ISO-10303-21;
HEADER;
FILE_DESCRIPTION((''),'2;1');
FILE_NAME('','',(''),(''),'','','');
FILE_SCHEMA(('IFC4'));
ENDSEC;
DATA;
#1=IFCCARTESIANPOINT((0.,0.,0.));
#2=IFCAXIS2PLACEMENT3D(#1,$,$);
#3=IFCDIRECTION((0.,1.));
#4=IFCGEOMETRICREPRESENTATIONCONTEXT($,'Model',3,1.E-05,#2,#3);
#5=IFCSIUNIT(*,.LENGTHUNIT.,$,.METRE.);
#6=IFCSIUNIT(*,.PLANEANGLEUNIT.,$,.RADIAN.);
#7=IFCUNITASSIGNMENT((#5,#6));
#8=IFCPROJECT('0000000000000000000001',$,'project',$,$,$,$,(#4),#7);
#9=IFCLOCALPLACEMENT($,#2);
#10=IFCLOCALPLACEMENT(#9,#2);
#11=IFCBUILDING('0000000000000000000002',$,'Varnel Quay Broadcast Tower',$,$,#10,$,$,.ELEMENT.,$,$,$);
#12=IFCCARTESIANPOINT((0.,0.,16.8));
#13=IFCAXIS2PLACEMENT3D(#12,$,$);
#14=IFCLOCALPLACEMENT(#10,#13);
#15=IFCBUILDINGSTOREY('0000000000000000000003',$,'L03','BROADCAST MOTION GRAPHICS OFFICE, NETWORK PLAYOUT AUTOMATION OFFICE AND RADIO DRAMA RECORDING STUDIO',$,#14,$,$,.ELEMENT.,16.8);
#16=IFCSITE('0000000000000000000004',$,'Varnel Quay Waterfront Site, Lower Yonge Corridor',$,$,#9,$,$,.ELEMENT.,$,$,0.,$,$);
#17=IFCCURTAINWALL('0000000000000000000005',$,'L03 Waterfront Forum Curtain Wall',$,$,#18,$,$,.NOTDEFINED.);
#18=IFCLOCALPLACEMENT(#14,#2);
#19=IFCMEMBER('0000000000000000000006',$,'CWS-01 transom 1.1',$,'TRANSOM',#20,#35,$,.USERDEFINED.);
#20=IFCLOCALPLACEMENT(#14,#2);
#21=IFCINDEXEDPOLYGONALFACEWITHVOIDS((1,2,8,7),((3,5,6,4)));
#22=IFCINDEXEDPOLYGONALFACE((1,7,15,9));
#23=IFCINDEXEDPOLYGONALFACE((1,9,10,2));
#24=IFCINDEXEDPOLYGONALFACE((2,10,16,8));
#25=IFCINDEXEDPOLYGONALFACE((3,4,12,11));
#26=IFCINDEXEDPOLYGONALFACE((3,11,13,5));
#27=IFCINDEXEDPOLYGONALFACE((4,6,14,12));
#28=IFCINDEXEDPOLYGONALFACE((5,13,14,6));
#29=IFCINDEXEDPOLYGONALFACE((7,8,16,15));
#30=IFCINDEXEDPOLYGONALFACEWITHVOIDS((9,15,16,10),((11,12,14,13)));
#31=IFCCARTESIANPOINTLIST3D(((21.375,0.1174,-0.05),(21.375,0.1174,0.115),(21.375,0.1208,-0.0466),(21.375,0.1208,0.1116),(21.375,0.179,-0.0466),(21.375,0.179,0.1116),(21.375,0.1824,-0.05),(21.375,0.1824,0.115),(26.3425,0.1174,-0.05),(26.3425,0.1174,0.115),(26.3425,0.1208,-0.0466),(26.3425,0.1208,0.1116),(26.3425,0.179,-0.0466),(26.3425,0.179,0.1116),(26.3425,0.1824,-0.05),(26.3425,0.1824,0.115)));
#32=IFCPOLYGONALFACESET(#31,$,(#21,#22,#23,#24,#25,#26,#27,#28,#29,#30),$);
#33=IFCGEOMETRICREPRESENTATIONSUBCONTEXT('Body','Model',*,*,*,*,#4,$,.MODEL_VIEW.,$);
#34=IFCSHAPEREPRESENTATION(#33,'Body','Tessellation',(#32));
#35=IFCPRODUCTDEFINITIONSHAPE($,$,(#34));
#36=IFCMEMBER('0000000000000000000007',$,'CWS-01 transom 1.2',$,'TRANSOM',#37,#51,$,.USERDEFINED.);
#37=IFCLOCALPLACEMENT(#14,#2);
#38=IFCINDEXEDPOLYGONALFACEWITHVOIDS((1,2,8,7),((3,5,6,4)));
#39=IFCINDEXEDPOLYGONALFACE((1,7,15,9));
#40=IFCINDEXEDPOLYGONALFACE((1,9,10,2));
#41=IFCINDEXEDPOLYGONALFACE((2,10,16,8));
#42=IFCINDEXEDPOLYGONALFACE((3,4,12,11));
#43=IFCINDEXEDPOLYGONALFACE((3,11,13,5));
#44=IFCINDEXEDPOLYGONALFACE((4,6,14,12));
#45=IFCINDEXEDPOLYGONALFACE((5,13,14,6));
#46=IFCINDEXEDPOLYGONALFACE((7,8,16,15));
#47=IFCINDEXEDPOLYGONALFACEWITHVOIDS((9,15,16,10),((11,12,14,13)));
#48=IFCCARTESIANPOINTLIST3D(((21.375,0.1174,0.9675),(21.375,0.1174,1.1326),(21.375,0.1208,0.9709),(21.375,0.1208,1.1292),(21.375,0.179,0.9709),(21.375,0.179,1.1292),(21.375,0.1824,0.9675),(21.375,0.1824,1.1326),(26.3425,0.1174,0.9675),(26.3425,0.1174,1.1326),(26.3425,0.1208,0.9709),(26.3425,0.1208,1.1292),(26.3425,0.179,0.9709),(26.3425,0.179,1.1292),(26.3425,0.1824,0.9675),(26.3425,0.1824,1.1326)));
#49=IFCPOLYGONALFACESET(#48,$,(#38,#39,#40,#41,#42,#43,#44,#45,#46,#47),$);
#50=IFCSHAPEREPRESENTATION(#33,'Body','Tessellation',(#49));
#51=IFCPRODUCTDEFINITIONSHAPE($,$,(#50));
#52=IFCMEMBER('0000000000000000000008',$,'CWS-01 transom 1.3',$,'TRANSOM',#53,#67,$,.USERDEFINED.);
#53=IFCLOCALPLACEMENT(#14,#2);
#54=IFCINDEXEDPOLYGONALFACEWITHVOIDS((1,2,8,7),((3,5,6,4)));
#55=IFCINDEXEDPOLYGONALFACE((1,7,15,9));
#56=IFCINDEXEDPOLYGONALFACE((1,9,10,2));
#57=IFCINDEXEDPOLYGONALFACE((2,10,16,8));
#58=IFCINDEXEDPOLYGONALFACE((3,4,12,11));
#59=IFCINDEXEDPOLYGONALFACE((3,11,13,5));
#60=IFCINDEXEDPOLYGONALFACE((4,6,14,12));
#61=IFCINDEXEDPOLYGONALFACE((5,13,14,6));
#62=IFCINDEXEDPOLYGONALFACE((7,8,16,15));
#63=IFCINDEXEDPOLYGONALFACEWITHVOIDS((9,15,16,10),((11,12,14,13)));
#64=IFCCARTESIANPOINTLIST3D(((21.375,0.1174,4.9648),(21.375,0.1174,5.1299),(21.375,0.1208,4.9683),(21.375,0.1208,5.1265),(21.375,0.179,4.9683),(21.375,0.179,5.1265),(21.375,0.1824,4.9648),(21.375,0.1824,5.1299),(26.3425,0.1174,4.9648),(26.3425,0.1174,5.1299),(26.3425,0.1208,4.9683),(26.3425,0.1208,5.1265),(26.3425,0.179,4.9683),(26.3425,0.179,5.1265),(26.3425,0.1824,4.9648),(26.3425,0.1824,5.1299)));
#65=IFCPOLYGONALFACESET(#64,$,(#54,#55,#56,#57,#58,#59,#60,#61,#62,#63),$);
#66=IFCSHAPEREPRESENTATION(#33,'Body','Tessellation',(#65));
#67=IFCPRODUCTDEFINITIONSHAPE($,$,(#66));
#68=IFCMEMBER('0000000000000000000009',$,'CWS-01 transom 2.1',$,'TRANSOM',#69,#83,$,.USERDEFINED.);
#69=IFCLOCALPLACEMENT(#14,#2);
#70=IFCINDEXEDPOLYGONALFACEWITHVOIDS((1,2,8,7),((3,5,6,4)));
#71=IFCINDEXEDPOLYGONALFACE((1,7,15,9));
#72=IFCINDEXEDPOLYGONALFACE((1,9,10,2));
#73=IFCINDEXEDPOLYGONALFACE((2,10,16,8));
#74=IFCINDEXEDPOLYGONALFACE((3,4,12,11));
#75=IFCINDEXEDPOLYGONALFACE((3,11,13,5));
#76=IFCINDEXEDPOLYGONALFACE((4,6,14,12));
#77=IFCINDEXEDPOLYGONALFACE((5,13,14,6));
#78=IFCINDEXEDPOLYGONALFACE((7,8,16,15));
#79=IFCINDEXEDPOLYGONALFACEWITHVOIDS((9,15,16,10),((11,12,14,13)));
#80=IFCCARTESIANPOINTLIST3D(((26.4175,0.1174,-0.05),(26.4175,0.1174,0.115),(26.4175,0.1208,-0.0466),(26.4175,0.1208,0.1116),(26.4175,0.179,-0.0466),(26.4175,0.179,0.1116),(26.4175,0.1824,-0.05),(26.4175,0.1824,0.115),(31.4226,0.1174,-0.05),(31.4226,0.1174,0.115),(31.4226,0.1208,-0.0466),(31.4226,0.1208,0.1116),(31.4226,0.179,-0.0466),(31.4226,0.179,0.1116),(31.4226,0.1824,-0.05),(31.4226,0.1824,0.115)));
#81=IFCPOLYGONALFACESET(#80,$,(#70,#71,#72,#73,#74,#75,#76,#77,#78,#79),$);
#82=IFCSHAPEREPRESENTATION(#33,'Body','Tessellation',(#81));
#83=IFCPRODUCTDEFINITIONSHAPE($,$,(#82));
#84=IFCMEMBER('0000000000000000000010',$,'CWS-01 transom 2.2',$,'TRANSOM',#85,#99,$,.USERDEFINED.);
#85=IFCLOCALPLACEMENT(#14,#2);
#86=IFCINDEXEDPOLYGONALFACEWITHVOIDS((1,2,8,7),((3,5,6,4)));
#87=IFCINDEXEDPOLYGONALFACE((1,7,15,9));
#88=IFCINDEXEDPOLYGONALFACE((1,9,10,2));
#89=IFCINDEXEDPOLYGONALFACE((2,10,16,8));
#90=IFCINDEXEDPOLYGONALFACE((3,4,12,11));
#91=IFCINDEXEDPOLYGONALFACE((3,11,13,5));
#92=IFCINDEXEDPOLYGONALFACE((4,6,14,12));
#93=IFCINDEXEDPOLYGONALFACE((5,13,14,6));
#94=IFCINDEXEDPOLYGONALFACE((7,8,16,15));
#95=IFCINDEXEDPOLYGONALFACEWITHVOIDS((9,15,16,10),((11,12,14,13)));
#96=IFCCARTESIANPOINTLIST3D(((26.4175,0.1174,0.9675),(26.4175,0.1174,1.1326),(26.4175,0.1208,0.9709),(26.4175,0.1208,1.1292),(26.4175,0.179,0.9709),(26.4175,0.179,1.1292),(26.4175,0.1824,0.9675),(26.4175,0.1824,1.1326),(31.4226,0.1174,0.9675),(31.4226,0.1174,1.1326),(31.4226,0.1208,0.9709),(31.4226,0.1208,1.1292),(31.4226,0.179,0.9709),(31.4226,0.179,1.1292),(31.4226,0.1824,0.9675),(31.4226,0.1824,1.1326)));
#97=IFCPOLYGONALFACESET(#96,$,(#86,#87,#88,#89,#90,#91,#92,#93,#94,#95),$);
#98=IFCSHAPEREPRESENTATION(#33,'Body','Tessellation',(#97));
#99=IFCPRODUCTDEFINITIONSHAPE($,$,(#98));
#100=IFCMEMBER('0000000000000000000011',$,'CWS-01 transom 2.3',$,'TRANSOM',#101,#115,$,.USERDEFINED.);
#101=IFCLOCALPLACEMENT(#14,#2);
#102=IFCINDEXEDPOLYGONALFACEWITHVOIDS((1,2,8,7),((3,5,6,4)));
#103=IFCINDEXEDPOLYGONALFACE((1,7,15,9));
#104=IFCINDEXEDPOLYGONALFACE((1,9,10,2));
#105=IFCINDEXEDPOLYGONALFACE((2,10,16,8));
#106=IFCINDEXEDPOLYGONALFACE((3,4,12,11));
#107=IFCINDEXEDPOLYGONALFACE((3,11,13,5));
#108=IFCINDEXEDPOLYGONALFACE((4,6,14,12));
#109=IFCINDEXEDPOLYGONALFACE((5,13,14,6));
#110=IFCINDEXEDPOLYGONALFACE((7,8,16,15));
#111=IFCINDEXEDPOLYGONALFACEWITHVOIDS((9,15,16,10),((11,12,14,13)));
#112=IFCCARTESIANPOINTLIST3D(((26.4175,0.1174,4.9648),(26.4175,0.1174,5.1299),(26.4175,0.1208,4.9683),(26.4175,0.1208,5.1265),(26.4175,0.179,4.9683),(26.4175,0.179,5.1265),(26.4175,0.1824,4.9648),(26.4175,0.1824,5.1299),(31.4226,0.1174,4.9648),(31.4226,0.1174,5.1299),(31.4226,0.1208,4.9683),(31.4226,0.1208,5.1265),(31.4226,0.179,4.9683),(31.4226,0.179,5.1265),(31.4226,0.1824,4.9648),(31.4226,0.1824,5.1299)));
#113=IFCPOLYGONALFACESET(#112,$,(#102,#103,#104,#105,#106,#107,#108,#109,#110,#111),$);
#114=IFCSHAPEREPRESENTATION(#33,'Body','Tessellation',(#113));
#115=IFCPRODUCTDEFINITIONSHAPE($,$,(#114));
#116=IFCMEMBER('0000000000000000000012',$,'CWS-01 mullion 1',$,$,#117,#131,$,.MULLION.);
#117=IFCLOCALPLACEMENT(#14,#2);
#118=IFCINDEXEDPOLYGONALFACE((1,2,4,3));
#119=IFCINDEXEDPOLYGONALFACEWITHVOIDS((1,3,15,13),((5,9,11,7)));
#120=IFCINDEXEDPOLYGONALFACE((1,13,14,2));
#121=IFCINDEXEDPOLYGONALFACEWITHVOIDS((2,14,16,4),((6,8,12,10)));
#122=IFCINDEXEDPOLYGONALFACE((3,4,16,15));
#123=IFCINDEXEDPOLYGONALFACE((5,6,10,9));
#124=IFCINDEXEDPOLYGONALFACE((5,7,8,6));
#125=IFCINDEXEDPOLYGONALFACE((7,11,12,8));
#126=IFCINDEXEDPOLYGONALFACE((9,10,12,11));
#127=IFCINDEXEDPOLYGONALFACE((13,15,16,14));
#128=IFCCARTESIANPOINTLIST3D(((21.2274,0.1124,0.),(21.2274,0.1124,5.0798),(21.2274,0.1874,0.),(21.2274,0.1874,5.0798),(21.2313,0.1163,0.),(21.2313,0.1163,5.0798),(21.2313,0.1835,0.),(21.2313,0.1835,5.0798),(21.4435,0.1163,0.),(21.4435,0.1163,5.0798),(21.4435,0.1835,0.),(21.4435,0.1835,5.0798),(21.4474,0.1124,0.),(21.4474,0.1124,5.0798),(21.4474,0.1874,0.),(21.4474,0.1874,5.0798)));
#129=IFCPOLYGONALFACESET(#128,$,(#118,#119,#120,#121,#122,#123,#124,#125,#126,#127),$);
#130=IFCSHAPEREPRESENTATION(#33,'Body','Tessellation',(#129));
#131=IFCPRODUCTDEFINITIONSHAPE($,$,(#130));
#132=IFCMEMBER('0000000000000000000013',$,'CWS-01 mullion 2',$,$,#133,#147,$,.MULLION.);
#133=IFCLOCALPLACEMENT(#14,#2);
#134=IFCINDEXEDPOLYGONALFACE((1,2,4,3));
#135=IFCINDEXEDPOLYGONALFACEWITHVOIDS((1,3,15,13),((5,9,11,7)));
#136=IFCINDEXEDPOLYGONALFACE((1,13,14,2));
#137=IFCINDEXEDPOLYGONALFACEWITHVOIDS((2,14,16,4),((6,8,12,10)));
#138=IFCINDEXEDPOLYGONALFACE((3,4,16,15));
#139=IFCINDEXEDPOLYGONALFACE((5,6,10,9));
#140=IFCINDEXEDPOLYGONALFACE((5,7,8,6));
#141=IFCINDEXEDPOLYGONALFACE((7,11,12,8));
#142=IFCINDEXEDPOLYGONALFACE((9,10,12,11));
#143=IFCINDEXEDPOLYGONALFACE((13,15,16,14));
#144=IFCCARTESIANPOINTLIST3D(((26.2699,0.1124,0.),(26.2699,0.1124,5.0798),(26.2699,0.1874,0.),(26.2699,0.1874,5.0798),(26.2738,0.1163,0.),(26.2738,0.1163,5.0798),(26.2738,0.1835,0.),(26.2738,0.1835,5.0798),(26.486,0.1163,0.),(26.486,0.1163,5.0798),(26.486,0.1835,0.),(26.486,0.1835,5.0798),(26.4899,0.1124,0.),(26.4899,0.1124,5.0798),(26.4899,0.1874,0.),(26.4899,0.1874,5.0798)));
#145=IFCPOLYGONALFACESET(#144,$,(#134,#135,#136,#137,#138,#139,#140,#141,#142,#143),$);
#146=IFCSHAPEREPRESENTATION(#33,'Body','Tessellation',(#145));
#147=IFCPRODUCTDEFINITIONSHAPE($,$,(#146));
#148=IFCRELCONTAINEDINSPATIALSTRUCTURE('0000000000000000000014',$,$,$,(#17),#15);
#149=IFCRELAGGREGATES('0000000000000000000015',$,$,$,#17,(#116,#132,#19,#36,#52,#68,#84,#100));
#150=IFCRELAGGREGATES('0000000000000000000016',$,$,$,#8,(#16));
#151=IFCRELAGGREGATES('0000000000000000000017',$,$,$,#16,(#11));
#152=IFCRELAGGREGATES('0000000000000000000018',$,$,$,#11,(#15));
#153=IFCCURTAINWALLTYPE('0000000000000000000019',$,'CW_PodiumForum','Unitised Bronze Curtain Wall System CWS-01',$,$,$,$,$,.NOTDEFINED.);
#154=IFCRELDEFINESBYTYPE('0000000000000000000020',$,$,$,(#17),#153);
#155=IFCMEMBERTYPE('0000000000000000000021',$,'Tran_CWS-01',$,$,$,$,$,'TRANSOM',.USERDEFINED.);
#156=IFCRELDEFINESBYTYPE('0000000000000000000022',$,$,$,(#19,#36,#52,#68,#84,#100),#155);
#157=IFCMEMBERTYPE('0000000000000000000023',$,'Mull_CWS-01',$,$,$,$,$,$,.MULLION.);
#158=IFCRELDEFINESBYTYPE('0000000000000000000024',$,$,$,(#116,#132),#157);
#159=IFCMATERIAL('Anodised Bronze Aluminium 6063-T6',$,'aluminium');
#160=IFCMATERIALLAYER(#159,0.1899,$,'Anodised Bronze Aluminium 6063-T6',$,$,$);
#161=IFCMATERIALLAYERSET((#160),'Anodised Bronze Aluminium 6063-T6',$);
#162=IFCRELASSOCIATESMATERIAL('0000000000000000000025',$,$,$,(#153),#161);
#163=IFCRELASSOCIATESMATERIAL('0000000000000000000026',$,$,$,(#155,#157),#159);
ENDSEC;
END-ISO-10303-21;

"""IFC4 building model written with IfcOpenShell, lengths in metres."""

from ifc_helpers import new_model, si_unit, direction, frame, origin, origin_2d, place, context, subcontext, project, spatial, hollow_rectangle, extrude, source, transform, mapped, material, layer, layer_set, material_profile, profile_set, type_object, type_shapes, element, aggregate, save


model = new_model("IFC4")

# Units and contexts
model_context = context("Model", 3, precision=1e-05, world=origin(), true_north=direction((0.0, 1.0)))
body_context = subcontext(model_context, "Body", "Model", "MODEL_VIEW")
ifc_project = project(units=[si_unit("LENGTHUNIT", "METRE"), si_unit("PLANEANGLEUNIT", "RADIAN")], contexts=[model_context])

# Site, building, storey
site_placement = place(None, origin())
site = spatial("IfcSite", under=ifc_project, at=site_placement, Name="Varnel Quay Waterfront Site, Lower Yonge Corridor", CompositionType="ELEMENT", RefElevation=0.0)
building_placement = place(site_placement, origin())
building = spatial("IfcBuilding", under=site, at=building_placement, Name="Varnel Quay Broadcast Tower", CompositionType="ELEMENT")
storey_placement = place(building_placement, frame((0.0, 0.0, 16.8)))
storey = spatial("IfcBuildingStorey", under=building, at=storey_placement, Name="L03", Description="BROADCAST MOTION GRAPHICS OFFICE, NETWORK PLAYOUT AUTOMATION OFFICE AND RADIO DRAMA RECORDING STUDIO", CompositionType="ELEMENT", Elevation=16.8)

# Curtain wall, members
ifc_material_1 = material(Name="Anodised Bronze Aluminium 6063-T6", Category="aluminium")
ifc_layer_1 = layer(ifc_material_1, 0.1899, Name="Anodised Bronze Aluminium 6063-T6")
ifc_layer_set_1 = layer_set([ifc_layer_1], Name="Anodised Bronze Aluminium 6063-T6")
curtain_wall_type = type_object("IfcCurtainWallType", Name="CW_PodiumForum", Description="Unitised Bronze Curtain Wall System CWS-01", PredefinedType="NOTDEFINED", material=ifc_layer_set_1)
curtain_wall_placement = place(storey_placement, origin())
curtain_wall = element("IfcCurtainWall", 1, at=curtain_wall_placement, inside=storey, type_object=curtain_wall_type, Name="L03 Waterfront Forum Curtain Wall", PredefinedType="NOTDEFINED")
ifc_material_profile_1 = material_profile(ifc_material_1, hollow_rectangle(XDim=0.0649, YDim=0.165, WallThickness=0.0034, at=origin_2d()), Name="ALU65X165X3.5")
ifc_profile_set_1 = profile_set([ifc_material_profile_1], Name="Anodised Bronze Aluminium 6063-T6")
member_type_1 = type_object("IfcMemberType", Name="Tran_CWS-01", ElementType="TRANSOM", PredefinedType="USERDEFINED", material=ifc_profile_set_1)
shared_shape_1 = source(origin(), body_context, "Body", "SweptSolid", [
    extrude(hollow_rectangle(XDim=0.0649, YDim=0.165, WallThickness=0.0034, at=origin_2d()), origin(), (0.0, 0.0, 1.0), 4.9675),
])
member_1_placement = place(storey_placement, frame((21.375, 0.1499, 0.0325), z_axis=(1.0, 0.0, 0.0), x_axis=(0.0, 1.0, 0.0)))
member_1 = element("IfcMember", 2, at=member_1_placement, type_object=member_type_1, Name="CWS-01 transom 1.1", ObjectType="TRANSOM", PredefinedType="USERDEFINED", context=body_context, shape_type="MappedRepresentation", body=[
    mapped(shared_shape_1, transform((0.0, 0.0, 0.0), x_axis=(1.0, 0.0, 0.0), y_axis=(0.0, 1.0, 0.0), z_axis=(0.0, 0.0, 1.0), scale=1.0)),
])
member_2_placement = place(storey_placement, frame((21.375, 0.1499, 1.05), z_axis=(1.0, 0.0, 0.0), x_axis=(0.0, 1.0, 0.0)))
member_2 = element("IfcMember", 3, at=member_2_placement, type_object=member_type_1, Name="CWS-01 transom 1.2", ObjectType="TRANSOM", PredefinedType="USERDEFINED", context=body_context, shape_type="MappedRepresentation", body=[
    mapped(shared_shape_1, transform((0.0, 0.0, 0.0), x_axis=(1.0, 0.0, 0.0), y_axis=(0.0, 1.0, 0.0), z_axis=(0.0, 0.0, 1.0), scale=1.0)),
])
member_3_placement = place(storey_placement, frame((21.375, 0.1499, 5.0474), z_axis=(1.0, 0.0, 0.0), x_axis=(0.0, 1.0, 0.0)))
member_3 = element("IfcMember", 4, at=member_3_placement, type_object=member_type_1, Name="CWS-01 transom 1.3", ObjectType="TRANSOM", PredefinedType="USERDEFINED", context=body_context, shape_type="MappedRepresentation", body=[
    mapped(shared_shape_1, transform((0.0, 0.0, 0.0), x_axis=(1.0, 0.0, 0.0), y_axis=(0.0, 1.0, 0.0), z_axis=(0.0, 0.0, 1.0), scale=1.0)),
])
shared_shape_2 = source(origin(), body_context, "Body", "SweptSolid", [
    extrude(hollow_rectangle(XDim=0.0649, YDim=0.165, WallThickness=0.0034, at=origin_2d()), origin(), (0.0, 0.0, 1.0), 5.0051),
])
type_shapes(member_type_1, [shared_shape_1, shared_shape_2])
member_4_placement = place(storey_placement, frame((26.4175, 0.1499, 0.0325), z_axis=(1.0, 0.0, 0.0), x_axis=(0.0, 1.0, 0.0)))
member_4 = element("IfcMember", 5, at=member_4_placement, type_object=member_type_1, Name="CWS-01 transom 2.1", ObjectType="TRANSOM", PredefinedType="USERDEFINED", context=body_context, shape_type="MappedRepresentation", body=[
    mapped(shared_shape_2, transform((0.0, 0.0, 0.0), x_axis=(1.0, 0.0, 0.0), y_axis=(0.0, 1.0, 0.0), z_axis=(0.0, 0.0, 1.0), scale=1.0)),
])
member_5_placement = place(storey_placement, frame((26.4175, 0.1499, 1.05), z_axis=(1.0, 0.0, 0.0), x_axis=(0.0, 1.0, 0.0)))
member_5 = element("IfcMember", 6, at=member_5_placement, type_object=member_type_1, Name="CWS-01 transom 2.2", ObjectType="TRANSOM", PredefinedType="USERDEFINED", context=body_context, shape_type="MappedRepresentation", body=[
    mapped(shared_shape_2, transform((0.0, 0.0, 0.0), x_axis=(1.0, 0.0, 0.0), y_axis=(0.0, 1.0, 0.0), z_axis=(0.0, 0.0, 1.0), scale=1.0)),
])
member_6_placement = place(storey_placement, frame((26.4175, 0.1499, 5.0474), z_axis=(1.0, 0.0, 0.0), x_axis=(0.0, 1.0, 0.0)))
member_6 = element("IfcMember", 7, at=member_6_placement, type_object=member_type_1, Name="CWS-01 transom 2.3", ObjectType="TRANSOM", PredefinedType="USERDEFINED", context=body_context, shape_type="MappedRepresentation", body=[
    mapped(shared_shape_2, transform((0.0, 0.0, 0.0), x_axis=(1.0, 0.0, 0.0), y_axis=(0.0, 1.0, 0.0), z_axis=(0.0, 0.0, 1.0), scale=1.0)),
])
ifc_material_profile_2 = material_profile(ifc_material_1, hollow_rectangle(XDim=0.075, YDim=0.22, WallThickness=0.0039, at=origin_2d()), Name="ALU75X220X4")
ifc_profile_set_2 = profile_set([ifc_material_profile_2], Name="Anodised Bronze Aluminium 6063-T6")
member_type_2 = type_object("IfcMemberType", Name="Mull_CWS-01", PredefinedType="MULLION", material=ifc_profile_set_2)
shared_shape_3 = source(origin(), body_context, "Body", "SweptSolid", [
    extrude(hollow_rectangle(XDim=0.075, YDim=0.22, WallThickness=0.0039, at=origin_2d()), origin(), (0.0, 0.0, 1.0), 5.0798),
])
type_shapes(member_type_2, [shared_shape_3])
member_7_placement = place(storey_placement, frame((21.3374, 0.1499, 0.0), z_axis=(0.0, 0.0, 1.0), x_axis=(0.0, 1.0, 0.0)))
member_7 = element("IfcMember", 8, at=member_7_placement, type_object=member_type_2, Name="CWS-01 mullion 1", PredefinedType="MULLION", context=body_context, shape_type="MappedRepresentation", body=[
    mapped(shared_shape_3, transform((0.0, 0.0, 0.0), x_axis=(1.0, 0.0, 0.0), y_axis=(0.0, 1.0, 0.0), z_axis=(0.0, 0.0, 1.0), scale=1.0)),
])
member_8_placement = place(storey_placement, frame((26.3799, 0.1499, 0.0), z_axis=(0.0, 0.0, 1.0), x_axis=(0.0, 1.0, 0.0)))
member_8 = element("IfcMember", 9, at=member_8_placement, type_object=member_type_2, Name="CWS-01 mullion 2", PredefinedType="MULLION", context=body_context, shape_type="MappedRepresentation", body=[
    mapped(shared_shape_3, transform((0.0, 0.0, 0.0), x_axis=(1.0, 0.0, 0.0), y_axis=(0.0, 1.0, 0.0), z_axis=(0.0, 0.0, 1.0), scale=1.0)),
])

aggregate(curtain_wall, [member_7, member_8, member_1, member_2, member_3, member_4, member_5, member_6])

save(model, "model.ifc")
